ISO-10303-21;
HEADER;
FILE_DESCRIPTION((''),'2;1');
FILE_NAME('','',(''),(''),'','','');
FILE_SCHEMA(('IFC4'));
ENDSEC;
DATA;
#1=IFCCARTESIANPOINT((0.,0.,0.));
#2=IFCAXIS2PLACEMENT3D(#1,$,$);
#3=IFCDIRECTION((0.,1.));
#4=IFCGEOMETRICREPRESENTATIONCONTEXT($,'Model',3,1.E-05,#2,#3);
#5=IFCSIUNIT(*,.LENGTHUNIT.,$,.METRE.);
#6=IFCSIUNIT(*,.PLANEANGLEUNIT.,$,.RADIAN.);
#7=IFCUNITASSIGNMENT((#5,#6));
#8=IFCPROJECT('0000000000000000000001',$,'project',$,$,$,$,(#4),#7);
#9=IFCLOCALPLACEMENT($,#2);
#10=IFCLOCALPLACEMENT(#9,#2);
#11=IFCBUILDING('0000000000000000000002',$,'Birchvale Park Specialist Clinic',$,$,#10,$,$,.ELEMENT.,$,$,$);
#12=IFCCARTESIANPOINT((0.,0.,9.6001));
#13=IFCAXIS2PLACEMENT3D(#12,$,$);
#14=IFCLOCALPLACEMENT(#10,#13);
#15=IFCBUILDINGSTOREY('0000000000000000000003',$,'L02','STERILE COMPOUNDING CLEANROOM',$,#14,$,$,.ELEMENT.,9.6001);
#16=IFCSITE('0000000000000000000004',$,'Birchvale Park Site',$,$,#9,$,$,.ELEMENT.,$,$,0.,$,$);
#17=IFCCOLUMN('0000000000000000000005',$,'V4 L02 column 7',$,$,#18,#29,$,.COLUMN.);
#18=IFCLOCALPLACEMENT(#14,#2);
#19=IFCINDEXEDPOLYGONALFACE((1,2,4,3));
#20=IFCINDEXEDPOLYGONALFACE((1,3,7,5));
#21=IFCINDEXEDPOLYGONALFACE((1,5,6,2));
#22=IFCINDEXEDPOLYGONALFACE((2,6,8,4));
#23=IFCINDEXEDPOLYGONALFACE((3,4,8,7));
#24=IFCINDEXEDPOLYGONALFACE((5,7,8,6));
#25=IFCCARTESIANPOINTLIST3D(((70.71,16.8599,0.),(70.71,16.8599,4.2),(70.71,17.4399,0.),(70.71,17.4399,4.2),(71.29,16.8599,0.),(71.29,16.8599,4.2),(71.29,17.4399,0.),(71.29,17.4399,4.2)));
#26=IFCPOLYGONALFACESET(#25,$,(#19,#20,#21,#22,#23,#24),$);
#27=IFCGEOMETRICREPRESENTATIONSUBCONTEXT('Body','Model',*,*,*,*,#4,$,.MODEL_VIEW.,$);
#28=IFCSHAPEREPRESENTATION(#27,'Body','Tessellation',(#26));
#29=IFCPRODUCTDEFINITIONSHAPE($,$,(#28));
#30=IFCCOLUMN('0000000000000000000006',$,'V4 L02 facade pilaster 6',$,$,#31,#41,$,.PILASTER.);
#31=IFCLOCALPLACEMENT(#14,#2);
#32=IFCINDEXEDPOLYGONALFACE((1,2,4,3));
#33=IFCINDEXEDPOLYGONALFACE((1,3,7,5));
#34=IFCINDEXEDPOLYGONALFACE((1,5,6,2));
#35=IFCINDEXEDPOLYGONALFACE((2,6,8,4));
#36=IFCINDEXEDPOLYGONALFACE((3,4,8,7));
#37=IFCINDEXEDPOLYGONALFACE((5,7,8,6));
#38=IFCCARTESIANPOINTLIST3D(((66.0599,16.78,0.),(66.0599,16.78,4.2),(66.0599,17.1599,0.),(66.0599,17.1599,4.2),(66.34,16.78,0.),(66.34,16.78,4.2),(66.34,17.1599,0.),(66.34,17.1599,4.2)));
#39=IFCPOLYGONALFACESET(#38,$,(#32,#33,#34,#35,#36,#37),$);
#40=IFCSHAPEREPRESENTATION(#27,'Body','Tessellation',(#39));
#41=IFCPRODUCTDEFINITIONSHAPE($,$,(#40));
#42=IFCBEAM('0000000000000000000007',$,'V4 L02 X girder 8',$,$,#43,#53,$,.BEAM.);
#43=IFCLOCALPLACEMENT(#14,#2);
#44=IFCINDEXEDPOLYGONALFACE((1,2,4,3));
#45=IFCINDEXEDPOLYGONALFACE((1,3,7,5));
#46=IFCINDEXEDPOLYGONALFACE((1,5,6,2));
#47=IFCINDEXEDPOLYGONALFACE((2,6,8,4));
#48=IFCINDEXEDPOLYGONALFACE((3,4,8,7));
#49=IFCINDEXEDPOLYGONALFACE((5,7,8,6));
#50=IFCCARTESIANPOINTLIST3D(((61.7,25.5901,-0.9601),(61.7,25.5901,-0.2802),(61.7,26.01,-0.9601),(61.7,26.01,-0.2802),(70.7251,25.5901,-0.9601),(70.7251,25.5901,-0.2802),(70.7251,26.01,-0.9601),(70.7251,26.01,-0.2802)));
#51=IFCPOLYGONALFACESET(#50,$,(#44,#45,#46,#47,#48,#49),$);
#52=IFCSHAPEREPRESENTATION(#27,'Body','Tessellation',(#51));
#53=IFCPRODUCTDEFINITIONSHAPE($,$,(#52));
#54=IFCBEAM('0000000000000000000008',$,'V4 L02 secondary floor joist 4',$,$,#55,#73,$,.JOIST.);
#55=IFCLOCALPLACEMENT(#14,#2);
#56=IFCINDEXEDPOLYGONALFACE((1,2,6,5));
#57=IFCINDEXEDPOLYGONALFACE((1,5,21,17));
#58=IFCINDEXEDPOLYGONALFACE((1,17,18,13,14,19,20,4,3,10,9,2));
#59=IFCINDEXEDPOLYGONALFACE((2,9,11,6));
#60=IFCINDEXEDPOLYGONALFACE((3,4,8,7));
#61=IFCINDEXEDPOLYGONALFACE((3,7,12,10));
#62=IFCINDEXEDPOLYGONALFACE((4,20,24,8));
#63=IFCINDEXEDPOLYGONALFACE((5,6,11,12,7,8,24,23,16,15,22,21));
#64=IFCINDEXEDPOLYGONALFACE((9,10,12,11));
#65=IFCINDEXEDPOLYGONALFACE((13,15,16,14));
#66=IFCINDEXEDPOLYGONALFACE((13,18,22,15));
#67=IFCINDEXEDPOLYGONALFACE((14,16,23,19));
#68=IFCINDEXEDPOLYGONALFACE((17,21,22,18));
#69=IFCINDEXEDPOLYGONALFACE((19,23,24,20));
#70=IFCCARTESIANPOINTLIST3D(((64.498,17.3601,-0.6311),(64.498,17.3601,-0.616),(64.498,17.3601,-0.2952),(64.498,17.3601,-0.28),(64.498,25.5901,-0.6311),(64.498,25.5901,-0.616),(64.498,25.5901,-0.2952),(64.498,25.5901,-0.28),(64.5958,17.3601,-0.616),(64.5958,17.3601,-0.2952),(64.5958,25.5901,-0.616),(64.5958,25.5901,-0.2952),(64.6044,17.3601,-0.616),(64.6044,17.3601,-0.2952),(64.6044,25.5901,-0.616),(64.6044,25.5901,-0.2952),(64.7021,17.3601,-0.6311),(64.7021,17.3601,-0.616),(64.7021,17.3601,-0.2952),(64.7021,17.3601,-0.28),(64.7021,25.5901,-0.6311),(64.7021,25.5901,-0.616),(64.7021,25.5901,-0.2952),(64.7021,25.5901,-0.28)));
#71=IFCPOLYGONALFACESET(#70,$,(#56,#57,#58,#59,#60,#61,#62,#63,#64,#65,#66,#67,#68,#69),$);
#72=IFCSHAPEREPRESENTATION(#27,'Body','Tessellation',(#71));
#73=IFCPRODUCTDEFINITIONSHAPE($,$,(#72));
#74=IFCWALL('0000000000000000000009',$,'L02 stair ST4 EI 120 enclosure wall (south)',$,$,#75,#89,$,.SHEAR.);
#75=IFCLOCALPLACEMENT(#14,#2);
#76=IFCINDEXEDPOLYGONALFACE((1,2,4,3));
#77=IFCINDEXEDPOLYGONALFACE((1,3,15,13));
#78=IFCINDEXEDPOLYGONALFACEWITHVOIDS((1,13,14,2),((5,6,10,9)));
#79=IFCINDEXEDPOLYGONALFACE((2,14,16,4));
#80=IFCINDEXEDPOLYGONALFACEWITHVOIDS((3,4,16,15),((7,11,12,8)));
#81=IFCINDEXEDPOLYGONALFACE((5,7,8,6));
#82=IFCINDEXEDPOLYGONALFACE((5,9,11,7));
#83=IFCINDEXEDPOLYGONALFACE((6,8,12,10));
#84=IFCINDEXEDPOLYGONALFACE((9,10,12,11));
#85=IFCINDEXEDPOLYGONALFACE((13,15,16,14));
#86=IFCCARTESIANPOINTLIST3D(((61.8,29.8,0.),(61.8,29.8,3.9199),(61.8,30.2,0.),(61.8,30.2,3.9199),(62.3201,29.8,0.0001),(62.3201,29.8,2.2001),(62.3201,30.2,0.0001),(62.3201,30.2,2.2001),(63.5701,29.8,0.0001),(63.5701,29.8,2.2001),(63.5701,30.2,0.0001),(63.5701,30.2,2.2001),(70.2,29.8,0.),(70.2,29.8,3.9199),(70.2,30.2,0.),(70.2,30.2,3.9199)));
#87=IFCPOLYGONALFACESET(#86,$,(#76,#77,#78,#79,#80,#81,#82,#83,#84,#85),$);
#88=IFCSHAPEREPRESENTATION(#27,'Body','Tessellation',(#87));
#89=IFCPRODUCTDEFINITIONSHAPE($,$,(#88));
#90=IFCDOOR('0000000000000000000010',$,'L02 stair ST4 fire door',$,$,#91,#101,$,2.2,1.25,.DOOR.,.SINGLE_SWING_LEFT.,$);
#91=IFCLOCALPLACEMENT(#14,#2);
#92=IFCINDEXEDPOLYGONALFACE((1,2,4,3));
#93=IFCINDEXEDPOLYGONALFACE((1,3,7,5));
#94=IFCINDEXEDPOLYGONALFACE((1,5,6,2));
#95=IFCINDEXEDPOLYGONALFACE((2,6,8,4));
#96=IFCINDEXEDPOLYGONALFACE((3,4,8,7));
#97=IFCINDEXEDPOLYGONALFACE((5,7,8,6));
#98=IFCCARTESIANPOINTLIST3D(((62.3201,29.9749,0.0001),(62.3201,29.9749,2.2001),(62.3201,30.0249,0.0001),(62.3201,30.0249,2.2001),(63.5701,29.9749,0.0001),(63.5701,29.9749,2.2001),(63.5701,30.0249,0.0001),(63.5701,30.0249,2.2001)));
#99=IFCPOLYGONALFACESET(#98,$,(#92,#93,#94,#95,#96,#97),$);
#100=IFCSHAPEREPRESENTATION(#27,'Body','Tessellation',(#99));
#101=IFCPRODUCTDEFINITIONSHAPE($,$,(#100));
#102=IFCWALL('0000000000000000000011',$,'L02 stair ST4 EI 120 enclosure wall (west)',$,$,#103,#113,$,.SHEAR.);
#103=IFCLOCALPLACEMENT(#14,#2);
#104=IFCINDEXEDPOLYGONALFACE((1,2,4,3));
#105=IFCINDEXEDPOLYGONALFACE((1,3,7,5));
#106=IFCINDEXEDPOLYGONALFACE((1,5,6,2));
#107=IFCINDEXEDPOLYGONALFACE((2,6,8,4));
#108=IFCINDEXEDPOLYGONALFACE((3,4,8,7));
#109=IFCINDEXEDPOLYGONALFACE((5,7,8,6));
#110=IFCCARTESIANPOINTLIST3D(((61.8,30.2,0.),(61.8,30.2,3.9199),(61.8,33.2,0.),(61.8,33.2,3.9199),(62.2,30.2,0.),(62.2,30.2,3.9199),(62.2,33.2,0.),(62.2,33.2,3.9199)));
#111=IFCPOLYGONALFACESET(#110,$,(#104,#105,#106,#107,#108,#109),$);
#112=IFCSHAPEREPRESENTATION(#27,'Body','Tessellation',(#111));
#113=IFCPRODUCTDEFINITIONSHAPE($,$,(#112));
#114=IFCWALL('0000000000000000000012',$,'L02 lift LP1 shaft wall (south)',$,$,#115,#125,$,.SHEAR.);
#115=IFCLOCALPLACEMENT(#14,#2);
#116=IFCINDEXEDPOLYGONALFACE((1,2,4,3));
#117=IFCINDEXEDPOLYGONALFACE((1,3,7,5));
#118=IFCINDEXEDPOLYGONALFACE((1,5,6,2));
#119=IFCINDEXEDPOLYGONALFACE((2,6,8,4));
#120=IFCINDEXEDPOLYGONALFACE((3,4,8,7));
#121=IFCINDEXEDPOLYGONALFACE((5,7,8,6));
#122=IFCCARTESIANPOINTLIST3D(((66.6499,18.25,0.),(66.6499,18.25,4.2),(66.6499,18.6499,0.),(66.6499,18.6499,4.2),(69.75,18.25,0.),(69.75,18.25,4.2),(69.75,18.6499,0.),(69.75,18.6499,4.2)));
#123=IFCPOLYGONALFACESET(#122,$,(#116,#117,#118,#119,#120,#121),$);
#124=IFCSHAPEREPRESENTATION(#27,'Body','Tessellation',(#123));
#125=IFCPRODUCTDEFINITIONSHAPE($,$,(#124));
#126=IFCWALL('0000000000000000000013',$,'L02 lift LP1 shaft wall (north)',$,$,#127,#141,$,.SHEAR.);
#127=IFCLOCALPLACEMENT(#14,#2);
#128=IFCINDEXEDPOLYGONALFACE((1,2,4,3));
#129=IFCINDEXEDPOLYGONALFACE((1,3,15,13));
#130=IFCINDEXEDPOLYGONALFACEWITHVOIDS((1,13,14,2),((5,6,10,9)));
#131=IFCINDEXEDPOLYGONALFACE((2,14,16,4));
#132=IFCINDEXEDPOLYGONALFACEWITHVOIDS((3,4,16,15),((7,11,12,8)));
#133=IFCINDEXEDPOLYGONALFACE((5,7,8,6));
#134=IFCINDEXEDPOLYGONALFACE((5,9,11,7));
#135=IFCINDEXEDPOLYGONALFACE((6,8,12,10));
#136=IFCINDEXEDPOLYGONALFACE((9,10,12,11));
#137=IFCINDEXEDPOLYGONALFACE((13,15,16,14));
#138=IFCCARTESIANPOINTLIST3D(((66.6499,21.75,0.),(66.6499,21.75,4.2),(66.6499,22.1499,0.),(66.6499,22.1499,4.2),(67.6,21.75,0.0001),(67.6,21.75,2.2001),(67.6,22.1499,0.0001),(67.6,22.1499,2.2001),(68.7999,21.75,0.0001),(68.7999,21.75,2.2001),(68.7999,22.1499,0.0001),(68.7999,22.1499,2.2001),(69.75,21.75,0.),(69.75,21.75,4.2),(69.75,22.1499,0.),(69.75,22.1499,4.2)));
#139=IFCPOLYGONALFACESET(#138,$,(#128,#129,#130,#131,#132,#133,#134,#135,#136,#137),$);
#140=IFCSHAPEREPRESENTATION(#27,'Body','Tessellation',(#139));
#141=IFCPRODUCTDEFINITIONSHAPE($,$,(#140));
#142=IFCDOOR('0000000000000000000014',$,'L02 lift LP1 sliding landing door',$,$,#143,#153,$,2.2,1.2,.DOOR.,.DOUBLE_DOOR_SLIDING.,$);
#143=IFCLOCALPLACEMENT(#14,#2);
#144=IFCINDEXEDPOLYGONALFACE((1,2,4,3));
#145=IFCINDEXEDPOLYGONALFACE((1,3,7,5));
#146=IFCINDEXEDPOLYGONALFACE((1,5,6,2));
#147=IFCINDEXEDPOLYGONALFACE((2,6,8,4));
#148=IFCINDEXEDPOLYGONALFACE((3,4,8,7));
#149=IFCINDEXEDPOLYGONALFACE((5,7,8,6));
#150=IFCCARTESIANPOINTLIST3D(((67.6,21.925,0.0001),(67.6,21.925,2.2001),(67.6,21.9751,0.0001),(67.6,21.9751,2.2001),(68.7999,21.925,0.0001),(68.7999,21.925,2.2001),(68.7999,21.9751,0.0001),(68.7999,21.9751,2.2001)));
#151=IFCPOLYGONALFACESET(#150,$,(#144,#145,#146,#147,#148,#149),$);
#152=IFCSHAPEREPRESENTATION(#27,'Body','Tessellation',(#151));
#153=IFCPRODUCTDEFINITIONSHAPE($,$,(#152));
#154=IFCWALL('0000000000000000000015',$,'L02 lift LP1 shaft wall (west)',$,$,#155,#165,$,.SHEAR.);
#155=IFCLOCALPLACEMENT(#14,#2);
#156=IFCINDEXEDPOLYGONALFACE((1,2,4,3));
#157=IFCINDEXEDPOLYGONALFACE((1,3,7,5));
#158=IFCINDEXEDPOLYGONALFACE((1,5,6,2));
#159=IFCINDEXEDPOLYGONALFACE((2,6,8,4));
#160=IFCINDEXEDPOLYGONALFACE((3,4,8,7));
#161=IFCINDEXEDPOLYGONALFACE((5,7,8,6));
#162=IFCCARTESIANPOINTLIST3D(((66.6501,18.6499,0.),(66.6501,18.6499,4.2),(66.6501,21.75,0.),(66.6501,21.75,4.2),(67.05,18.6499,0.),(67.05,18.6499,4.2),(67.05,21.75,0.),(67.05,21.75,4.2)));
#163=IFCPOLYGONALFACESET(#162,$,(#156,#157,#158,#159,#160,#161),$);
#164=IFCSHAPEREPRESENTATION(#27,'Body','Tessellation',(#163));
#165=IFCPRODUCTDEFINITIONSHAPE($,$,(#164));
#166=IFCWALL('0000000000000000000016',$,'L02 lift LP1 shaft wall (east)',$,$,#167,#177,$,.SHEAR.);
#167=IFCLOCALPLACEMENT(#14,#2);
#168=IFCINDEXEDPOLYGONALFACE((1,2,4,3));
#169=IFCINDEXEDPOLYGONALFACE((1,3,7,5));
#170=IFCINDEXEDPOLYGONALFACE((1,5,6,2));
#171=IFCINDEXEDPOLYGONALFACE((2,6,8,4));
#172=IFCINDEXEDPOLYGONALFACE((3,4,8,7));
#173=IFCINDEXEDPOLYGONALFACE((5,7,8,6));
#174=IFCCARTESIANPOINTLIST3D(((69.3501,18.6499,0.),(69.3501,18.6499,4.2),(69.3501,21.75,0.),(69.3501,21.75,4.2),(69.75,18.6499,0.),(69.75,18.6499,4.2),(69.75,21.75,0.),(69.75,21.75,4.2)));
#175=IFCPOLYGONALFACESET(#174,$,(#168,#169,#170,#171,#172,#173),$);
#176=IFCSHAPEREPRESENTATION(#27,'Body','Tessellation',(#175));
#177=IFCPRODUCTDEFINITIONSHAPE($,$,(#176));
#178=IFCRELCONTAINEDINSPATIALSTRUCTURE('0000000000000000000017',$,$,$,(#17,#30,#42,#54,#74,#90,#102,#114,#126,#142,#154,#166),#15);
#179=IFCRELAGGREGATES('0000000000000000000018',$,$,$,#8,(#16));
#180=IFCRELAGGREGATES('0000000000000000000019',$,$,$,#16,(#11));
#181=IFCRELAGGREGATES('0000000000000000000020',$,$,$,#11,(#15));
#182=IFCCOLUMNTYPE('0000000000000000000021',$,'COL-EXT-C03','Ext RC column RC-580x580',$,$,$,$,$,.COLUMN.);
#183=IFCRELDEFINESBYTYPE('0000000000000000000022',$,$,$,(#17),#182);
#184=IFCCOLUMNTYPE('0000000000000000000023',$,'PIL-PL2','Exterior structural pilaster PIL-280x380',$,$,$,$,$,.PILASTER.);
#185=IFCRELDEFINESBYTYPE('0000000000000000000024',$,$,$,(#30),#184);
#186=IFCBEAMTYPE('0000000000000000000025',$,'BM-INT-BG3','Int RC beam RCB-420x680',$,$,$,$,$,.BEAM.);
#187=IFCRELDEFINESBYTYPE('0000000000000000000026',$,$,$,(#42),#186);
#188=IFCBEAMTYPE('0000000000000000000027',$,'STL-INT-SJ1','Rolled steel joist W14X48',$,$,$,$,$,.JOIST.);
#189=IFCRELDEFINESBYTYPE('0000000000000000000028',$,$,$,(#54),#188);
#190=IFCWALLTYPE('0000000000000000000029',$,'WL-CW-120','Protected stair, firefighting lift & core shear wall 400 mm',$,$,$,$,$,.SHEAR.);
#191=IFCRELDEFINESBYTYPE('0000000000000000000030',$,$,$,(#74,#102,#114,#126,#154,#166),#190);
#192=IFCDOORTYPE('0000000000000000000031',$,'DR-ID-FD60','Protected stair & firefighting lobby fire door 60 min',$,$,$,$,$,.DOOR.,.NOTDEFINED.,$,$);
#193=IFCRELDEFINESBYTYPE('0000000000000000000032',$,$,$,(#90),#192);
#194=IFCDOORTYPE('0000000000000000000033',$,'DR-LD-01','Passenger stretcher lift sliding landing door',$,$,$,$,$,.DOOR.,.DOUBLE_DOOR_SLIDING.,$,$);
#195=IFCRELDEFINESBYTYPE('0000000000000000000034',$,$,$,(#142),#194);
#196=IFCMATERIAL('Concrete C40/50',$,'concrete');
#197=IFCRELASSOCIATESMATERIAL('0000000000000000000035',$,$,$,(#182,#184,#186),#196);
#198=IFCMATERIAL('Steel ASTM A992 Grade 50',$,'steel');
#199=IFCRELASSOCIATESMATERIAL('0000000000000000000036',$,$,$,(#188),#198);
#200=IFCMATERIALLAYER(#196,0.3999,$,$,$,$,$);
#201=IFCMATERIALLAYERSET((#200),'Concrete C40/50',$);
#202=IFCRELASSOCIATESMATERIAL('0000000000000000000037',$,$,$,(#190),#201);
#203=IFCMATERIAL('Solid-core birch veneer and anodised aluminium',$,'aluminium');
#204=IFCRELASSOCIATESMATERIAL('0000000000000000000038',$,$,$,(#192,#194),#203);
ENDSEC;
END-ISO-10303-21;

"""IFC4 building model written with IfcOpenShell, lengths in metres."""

from ifc_helpers import new_model, si_unit, direction, frame, frame_2d, origin, origin_2d, place, context, subcontext, project, spatial, rectangle, i_section, extrude, material, layer, layer_set, material_profile, profile_set, type_object, element, fill, save


model = new_model("IFC4")

# Units and contexts
model_context = context("Model", 3, precision=1e-05, world=origin(), true_north=direction((0.0, 1.0)))
body_context = subcontext(model_context, "Body", "Model", "MODEL_VIEW")
ifc_project = project(units=[si_unit("LENGTHUNIT", "METRE"), si_unit("PLANEANGLEUNIT", "RADIAN")], contexts=[model_context])

# Site, building, storey
site_placement = place(None, origin())
site = spatial("IfcSite", under=ifc_project, at=site_placement, Name="Birchvale Park Site", CompositionType="ELEMENT", RefElevation=0.0)
building_placement = place(site_placement, origin())
building = spatial("IfcBuilding", under=site, at=building_placement, Name="Birchvale Park Specialist Clinic", CompositionType="ELEMENT")
storey_placement = place(building_placement, frame((0.0, 0.0, 9.6001)))
storey = spatial("IfcBuildingStorey", under=building, at=storey_placement, Name="L02", Description="STERILE COMPOUNDING CLEANROOM", CompositionType="ELEMENT", Elevation=9.6001)

# Columns
ifc_material_1 = material(Name="Concrete C40/50", Category="concrete")
ifc_material_profile_1 = material_profile(ifc_material_1, rectangle(XDim=0.5801, YDim=0.5801, at=origin_2d()), Name="RC-580x580")
ifc_profile_set_1 = profile_set([ifc_material_profile_1], Name="Concrete C40/50")
column_type_1 = type_object("IfcColumnType", Name="COL-EXT-C03", Description="Ext RC column RC-580x580", PredefinedType="COLUMN", material=ifc_profile_set_1)
column_1_placement = place(storey_placement, frame((71.0, 17.1499, 0.0), z_axis=(0.0, 0.0, 1.0), x_axis=(1.0, 0.0, 0.0)))
element("IfcColumn", 1, at=column_1_placement, inside=storey, type_object=column_type_1, Name="V4 L02 column 7", PredefinedType="COLUMN", context=body_context, shape_type="SweptSolid", body=[
    extrude(rectangle(XDim=0.5801, YDim=0.5801, at=origin_2d()), origin(), (0.0, 0.0, 1.0), 4.2),
])
ifc_material_profile_2 = material_profile(ifc_material_1, rectangle(XDim=0.28, YDim=0.3799, at=origin_2d()), Name="PIL-280x380")
ifc_profile_set_2 = profile_set([ifc_material_profile_2], Name="Concrete C40/50")
column_type_2 = type_object("IfcColumnType", Name="PIL-PL2", Description="Exterior structural pilaster PIL-280x380", PredefinedType="PILASTER", material=ifc_profile_set_2)
column_2_placement = place(storey_placement, frame((66.2, 16.97, 0.0), z_axis=(0.0, 0.0, 1.0), x_axis=(1.0, 0.0, 0.0)))
element("IfcColumn", 2, at=column_2_placement, inside=storey, type_object=column_type_2, Name="V4 L02 facade pilaster 6", PredefinedType="PILASTER", context=body_context, shape_type="SweptSolid", body=[
    extrude(rectangle(XDim=0.28, YDim=0.3799, at=origin_2d()), origin(), (0.0, 0.0, 1.0), 4.2),
])

# Beams
ifc_material_profile_3 = material_profile(ifc_material_1, rectangle(XDim=0.4199, YDim=0.6799, at=origin_2d()), Name="RCB-420x680")
ifc_profile_set_3 = profile_set([ifc_material_profile_3], Name="Concrete C40/50")
beam_type_1 = type_object("IfcBeamType", Name="BM-INT-BG3", Description="Int RC beam RCB-420x680", PredefinedType="BEAM", material=ifc_profile_set_3)
beam_1_placement = place(storey_placement, frame((61.7, 25.8, -0.6201), z_axis=(1.0, 0.0, 0.0), x_axis=(0.0, 1.0, 0.0)))
element("IfcBeam", 3, at=beam_1_placement, inside=storey, type_object=beam_type_1, Name="V4 L02 X girder 8", PredefinedType="BEAM", context=body_context, shape_type="SweptSolid", body=[
    extrude(rectangle(XDim=0.4199, YDim=0.6799, at=origin_2d()), origin(), (0.0, 0.0, 1.0), 9.0251),
])
ifc_material_2 = material(Name="Steel ASTM A992 Grade 50", Category="steel")
ifc_material_profile_4 = material_profile(ifc_material_2, i_section(OverallWidth=0.2041, OverallDepth=0.3511, WebThickness=0.0085, FlangeThickness=0.0151, at=origin_2d()), Name="W14X48")
ifc_profile_set_4 = profile_set([ifc_material_profile_4], Name="Steel ASTM A992 Grade 50")
beam_type_2 = type_object("IfcBeamType", Name="STL-INT-SJ1", Description="Rolled steel joist W14X48", PredefinedType="JOIST", material=ifc_profile_set_4)
beam_2_placement = place(storey_placement, frame((64.6001, 17.3601, -0.4556), z_axis=(0.0, 1.0, 0.0), x_axis=(-1.0, 0.0, 0.0)))
element("IfcBeam", 4, at=beam_2_placement, inside=storey, type_object=beam_type_2, Name="V4 L02 secondary floor joist 4", PredefinedType="JOIST", context=body_context, shape_type="SweptSolid", body=[
    extrude(i_section(OverallWidth=0.2041, OverallDepth=0.3511, WebThickness=0.0085, FlangeThickness=0.0151, at=origin_2d()), origin(), (0.0, 0.0, 1.0), 8.23),
])

# Wall, opening, door
ifc_layer_1 = layer(ifc_material_1, 0.3999)
ifc_layer_set_1 = layer_set([ifc_layer_1], Name="Concrete C40/50")
wall_type_1 = type_object("IfcWallType", Name="WL-CW-120", Description="Protected stair, firefighting lift & core shear wall 400 mm", PredefinedType="SHEAR", material=ifc_layer_set_1)
wall_1_placement = place(storey_placement, frame((61.8, 30.0, 0.0), z_axis=(0.0, 0.0, 1.0), x_axis=(1.0, 0.0, 0.0)))
wall_1 = element("IfcWall", 5, at=wall_1_placement, inside=storey, type_object=wall_type_1, Name="L02 stair ST4 EI 120 enclosure wall (south)", PredefinedType="SHEAR", context=body_context, shape_type="SweptSolid", body=[
    extrude(rectangle(XDim=8.3999, YDim=0.3999, at=frame_2d((4.2, 0.0))), origin(), (0.0, 0.0, 1.0), 3.9199),
])
opening_1_placement = place(wall_1_placement, frame((0.52, 0.0, 0.0)))
opening_1 = element("IfcOpeningElement", 6, at=opening_1_placement, cuts=wall_1, PredefinedType="OPENING", context=body_context, shape_type="SweptSolid", body=[
    extrude(rectangle(XDim=1.25, YDim=2.2, at=frame_2d((0.625, 1.1001))), frame((0.0, 0.21, 0.0), z_axis=(0.0, -1.0, 0.0), x_axis=(1.0, 0.0, 0.0)), (0.0, 0.0, 1.0), 0.4199),
])
ifc_material_3 = material(Name="Solid-core birch veneer and anodised aluminium", Category="aluminium")
door_type_1 = type_object("IfcDoorType", Name="DR-ID-FD60", Description="Protected stair & firefighting lobby fire door 60 min", OperationType="NOTDEFINED", PredefinedType="DOOR", material=ifc_material_3)
door_1_placement = place(opening_1_placement, origin())
door_1 = element("IfcDoor", 7, at=door_1_placement, inside=storey, type_object=door_type_1, Name="L02 stair ST4 fire door", OperationType="SINGLE_SWING_LEFT", OverallHeight=2.2, OverallWidth=1.25, PredefinedType="DOOR", context=body_context, shape_type="SweptSolid", body=[
    extrude(rectangle(XDim=1.25, YDim=2.2, at=frame_2d((0.625, 1.1001))), frame((0.0, 0.0249, 0.0), z_axis=(0.0, -1.0, 0.0), x_axis=(1.0, 0.0, 0.0)), (0.0, 0.0, 1.0), 0.05),
])
fill(opening_1, door_1)

# Walls
wall_2_placement = place(storey_placement, frame((62.0, 30.2, 0.0), z_axis=(0.0, 0.0, 1.0), x_axis=(0.0, 1.0, 0.0)))
element("IfcWall", 8, at=wall_2_placement, inside=storey, type_object=wall_type_1, Name="L02 stair ST4 EI 120 enclosure wall (west)", PredefinedType="SHEAR", context=body_context, shape_type="SweptSolid", body=[
    extrude(rectangle(XDim=3.0, YDim=0.3999, at=frame_2d((1.5, 0.0))), origin(), (0.0, 0.0, 1.0), 3.9199),
])
wall_3_placement = place(storey_placement, frame((66.6499, 18.45, 0.0), z_axis=(0.0, 0.0, 1.0), x_axis=(1.0, 0.0, 0.0)))
element("IfcWall", 9, at=wall_3_placement, inside=storey, type_object=wall_type_1, Name="L02 lift LP1 shaft wall (south)", PredefinedType="SHEAR", context=body_context, shape_type="SweptSolid", body=[
    extrude(rectangle(XDim=3.1001, YDim=0.3999, at=frame_2d((1.55, 0.0))), origin(), (0.0, 0.0, 1.0), 4.2),
])

# Wall, opening, door
wall_4_placement = place(storey_placement, frame((69.75, 21.95, 0.0), z_axis=(0.0, 0.0, 1.0), x_axis=(-1.0, 0.0, 0.0)))
wall_4 = element("IfcWall", 10, at=wall_4_placement, inside=storey, type_object=wall_type_1, Name="L02 lift LP1 shaft wall (north)", PredefinedType="SHEAR", context=body_context, shape_type="SweptSolid", body=[
    extrude(rectangle(XDim=3.1001, YDim=0.3999, at=frame_2d((1.55, 0.0))), origin(), (0.0, 0.0, 1.0), 4.2),
])
opening_2_placement = place(wall_4_placement, frame((0.95, 0.0, 0.0)))
opening_2 = element("IfcOpeningElement", 11, at=opening_2_placement, cuts=wall_4, PredefinedType="OPENING", context=body_context, shape_type="SweptSolid", body=[
    extrude(rectangle(XDim=1.2, YDim=2.2, at=frame_2d((0.6001, 1.1001))), frame((0.0, 0.21, 0.0), z_axis=(0.0, -1.0, 0.0), x_axis=(1.0, 0.0, 0.0)), (0.0, 0.0, 1.0), 0.4199),
])
door_type_2 = type_object("IfcDoorType", Name="DR-LD-01", Description="Passenger stretcher lift sliding landing door", OperationType="DOUBLE_DOOR_SLIDING", PredefinedType="DOOR", material=ifc_material_3)
door_2_placement = place(opening_2_placement, origin())
door_2 = element("IfcDoor", 12, at=door_2_placement, inside=storey, type_object=door_type_2, Name="L02 lift LP1 sliding landing door", OperationType="DOUBLE_DOOR_SLIDING", OverallHeight=2.2, OverallWidth=1.2, PredefinedType="DOOR", context=body_context, shape_type="SweptSolid", body=[
    extrude(rectangle(XDim=1.2, YDim=2.2, at=frame_2d((0.6001, 1.1001))), frame((0.0, 0.0249, 0.0), z_axis=(0.0, -1.0, 0.0), x_axis=(1.0, 0.0, 0.0)), (0.0, 0.0, 1.0), 0.05),
])
fill(opening_2, door_2)

# Walls
for number, where, z_axis, x_axis, name in (
    (13, (66.8501, 18.6499, 0.0), (0.0, 0.0, 1.0), (0.0, 1.0, 0.0), "L02 lift LP1 shaft wall (west)"),
    (14, (69.55, 21.75, 0.0), (0.0, 0.0, 1.0), (0.0, -1.0, 0.0), "L02 lift LP1 shaft wall (east)"),
):
    element("IfcWall", number, at=place(storey_placement, frame(where, z_axis=z_axis, x_axis=x_axis)), inside=storey, type_object=wall_type_1, Name=name, PredefinedType="SHEAR", context=body_context, shape_type="SweptSolid", body=[
        extrude(rectangle(XDim=3.1001, YDim=0.3999, at=frame_2d((1.55, 0.0))), origin(), (0.0, 0.0, 1.0), 4.2),
    ])

save(model, "model.ifc")
